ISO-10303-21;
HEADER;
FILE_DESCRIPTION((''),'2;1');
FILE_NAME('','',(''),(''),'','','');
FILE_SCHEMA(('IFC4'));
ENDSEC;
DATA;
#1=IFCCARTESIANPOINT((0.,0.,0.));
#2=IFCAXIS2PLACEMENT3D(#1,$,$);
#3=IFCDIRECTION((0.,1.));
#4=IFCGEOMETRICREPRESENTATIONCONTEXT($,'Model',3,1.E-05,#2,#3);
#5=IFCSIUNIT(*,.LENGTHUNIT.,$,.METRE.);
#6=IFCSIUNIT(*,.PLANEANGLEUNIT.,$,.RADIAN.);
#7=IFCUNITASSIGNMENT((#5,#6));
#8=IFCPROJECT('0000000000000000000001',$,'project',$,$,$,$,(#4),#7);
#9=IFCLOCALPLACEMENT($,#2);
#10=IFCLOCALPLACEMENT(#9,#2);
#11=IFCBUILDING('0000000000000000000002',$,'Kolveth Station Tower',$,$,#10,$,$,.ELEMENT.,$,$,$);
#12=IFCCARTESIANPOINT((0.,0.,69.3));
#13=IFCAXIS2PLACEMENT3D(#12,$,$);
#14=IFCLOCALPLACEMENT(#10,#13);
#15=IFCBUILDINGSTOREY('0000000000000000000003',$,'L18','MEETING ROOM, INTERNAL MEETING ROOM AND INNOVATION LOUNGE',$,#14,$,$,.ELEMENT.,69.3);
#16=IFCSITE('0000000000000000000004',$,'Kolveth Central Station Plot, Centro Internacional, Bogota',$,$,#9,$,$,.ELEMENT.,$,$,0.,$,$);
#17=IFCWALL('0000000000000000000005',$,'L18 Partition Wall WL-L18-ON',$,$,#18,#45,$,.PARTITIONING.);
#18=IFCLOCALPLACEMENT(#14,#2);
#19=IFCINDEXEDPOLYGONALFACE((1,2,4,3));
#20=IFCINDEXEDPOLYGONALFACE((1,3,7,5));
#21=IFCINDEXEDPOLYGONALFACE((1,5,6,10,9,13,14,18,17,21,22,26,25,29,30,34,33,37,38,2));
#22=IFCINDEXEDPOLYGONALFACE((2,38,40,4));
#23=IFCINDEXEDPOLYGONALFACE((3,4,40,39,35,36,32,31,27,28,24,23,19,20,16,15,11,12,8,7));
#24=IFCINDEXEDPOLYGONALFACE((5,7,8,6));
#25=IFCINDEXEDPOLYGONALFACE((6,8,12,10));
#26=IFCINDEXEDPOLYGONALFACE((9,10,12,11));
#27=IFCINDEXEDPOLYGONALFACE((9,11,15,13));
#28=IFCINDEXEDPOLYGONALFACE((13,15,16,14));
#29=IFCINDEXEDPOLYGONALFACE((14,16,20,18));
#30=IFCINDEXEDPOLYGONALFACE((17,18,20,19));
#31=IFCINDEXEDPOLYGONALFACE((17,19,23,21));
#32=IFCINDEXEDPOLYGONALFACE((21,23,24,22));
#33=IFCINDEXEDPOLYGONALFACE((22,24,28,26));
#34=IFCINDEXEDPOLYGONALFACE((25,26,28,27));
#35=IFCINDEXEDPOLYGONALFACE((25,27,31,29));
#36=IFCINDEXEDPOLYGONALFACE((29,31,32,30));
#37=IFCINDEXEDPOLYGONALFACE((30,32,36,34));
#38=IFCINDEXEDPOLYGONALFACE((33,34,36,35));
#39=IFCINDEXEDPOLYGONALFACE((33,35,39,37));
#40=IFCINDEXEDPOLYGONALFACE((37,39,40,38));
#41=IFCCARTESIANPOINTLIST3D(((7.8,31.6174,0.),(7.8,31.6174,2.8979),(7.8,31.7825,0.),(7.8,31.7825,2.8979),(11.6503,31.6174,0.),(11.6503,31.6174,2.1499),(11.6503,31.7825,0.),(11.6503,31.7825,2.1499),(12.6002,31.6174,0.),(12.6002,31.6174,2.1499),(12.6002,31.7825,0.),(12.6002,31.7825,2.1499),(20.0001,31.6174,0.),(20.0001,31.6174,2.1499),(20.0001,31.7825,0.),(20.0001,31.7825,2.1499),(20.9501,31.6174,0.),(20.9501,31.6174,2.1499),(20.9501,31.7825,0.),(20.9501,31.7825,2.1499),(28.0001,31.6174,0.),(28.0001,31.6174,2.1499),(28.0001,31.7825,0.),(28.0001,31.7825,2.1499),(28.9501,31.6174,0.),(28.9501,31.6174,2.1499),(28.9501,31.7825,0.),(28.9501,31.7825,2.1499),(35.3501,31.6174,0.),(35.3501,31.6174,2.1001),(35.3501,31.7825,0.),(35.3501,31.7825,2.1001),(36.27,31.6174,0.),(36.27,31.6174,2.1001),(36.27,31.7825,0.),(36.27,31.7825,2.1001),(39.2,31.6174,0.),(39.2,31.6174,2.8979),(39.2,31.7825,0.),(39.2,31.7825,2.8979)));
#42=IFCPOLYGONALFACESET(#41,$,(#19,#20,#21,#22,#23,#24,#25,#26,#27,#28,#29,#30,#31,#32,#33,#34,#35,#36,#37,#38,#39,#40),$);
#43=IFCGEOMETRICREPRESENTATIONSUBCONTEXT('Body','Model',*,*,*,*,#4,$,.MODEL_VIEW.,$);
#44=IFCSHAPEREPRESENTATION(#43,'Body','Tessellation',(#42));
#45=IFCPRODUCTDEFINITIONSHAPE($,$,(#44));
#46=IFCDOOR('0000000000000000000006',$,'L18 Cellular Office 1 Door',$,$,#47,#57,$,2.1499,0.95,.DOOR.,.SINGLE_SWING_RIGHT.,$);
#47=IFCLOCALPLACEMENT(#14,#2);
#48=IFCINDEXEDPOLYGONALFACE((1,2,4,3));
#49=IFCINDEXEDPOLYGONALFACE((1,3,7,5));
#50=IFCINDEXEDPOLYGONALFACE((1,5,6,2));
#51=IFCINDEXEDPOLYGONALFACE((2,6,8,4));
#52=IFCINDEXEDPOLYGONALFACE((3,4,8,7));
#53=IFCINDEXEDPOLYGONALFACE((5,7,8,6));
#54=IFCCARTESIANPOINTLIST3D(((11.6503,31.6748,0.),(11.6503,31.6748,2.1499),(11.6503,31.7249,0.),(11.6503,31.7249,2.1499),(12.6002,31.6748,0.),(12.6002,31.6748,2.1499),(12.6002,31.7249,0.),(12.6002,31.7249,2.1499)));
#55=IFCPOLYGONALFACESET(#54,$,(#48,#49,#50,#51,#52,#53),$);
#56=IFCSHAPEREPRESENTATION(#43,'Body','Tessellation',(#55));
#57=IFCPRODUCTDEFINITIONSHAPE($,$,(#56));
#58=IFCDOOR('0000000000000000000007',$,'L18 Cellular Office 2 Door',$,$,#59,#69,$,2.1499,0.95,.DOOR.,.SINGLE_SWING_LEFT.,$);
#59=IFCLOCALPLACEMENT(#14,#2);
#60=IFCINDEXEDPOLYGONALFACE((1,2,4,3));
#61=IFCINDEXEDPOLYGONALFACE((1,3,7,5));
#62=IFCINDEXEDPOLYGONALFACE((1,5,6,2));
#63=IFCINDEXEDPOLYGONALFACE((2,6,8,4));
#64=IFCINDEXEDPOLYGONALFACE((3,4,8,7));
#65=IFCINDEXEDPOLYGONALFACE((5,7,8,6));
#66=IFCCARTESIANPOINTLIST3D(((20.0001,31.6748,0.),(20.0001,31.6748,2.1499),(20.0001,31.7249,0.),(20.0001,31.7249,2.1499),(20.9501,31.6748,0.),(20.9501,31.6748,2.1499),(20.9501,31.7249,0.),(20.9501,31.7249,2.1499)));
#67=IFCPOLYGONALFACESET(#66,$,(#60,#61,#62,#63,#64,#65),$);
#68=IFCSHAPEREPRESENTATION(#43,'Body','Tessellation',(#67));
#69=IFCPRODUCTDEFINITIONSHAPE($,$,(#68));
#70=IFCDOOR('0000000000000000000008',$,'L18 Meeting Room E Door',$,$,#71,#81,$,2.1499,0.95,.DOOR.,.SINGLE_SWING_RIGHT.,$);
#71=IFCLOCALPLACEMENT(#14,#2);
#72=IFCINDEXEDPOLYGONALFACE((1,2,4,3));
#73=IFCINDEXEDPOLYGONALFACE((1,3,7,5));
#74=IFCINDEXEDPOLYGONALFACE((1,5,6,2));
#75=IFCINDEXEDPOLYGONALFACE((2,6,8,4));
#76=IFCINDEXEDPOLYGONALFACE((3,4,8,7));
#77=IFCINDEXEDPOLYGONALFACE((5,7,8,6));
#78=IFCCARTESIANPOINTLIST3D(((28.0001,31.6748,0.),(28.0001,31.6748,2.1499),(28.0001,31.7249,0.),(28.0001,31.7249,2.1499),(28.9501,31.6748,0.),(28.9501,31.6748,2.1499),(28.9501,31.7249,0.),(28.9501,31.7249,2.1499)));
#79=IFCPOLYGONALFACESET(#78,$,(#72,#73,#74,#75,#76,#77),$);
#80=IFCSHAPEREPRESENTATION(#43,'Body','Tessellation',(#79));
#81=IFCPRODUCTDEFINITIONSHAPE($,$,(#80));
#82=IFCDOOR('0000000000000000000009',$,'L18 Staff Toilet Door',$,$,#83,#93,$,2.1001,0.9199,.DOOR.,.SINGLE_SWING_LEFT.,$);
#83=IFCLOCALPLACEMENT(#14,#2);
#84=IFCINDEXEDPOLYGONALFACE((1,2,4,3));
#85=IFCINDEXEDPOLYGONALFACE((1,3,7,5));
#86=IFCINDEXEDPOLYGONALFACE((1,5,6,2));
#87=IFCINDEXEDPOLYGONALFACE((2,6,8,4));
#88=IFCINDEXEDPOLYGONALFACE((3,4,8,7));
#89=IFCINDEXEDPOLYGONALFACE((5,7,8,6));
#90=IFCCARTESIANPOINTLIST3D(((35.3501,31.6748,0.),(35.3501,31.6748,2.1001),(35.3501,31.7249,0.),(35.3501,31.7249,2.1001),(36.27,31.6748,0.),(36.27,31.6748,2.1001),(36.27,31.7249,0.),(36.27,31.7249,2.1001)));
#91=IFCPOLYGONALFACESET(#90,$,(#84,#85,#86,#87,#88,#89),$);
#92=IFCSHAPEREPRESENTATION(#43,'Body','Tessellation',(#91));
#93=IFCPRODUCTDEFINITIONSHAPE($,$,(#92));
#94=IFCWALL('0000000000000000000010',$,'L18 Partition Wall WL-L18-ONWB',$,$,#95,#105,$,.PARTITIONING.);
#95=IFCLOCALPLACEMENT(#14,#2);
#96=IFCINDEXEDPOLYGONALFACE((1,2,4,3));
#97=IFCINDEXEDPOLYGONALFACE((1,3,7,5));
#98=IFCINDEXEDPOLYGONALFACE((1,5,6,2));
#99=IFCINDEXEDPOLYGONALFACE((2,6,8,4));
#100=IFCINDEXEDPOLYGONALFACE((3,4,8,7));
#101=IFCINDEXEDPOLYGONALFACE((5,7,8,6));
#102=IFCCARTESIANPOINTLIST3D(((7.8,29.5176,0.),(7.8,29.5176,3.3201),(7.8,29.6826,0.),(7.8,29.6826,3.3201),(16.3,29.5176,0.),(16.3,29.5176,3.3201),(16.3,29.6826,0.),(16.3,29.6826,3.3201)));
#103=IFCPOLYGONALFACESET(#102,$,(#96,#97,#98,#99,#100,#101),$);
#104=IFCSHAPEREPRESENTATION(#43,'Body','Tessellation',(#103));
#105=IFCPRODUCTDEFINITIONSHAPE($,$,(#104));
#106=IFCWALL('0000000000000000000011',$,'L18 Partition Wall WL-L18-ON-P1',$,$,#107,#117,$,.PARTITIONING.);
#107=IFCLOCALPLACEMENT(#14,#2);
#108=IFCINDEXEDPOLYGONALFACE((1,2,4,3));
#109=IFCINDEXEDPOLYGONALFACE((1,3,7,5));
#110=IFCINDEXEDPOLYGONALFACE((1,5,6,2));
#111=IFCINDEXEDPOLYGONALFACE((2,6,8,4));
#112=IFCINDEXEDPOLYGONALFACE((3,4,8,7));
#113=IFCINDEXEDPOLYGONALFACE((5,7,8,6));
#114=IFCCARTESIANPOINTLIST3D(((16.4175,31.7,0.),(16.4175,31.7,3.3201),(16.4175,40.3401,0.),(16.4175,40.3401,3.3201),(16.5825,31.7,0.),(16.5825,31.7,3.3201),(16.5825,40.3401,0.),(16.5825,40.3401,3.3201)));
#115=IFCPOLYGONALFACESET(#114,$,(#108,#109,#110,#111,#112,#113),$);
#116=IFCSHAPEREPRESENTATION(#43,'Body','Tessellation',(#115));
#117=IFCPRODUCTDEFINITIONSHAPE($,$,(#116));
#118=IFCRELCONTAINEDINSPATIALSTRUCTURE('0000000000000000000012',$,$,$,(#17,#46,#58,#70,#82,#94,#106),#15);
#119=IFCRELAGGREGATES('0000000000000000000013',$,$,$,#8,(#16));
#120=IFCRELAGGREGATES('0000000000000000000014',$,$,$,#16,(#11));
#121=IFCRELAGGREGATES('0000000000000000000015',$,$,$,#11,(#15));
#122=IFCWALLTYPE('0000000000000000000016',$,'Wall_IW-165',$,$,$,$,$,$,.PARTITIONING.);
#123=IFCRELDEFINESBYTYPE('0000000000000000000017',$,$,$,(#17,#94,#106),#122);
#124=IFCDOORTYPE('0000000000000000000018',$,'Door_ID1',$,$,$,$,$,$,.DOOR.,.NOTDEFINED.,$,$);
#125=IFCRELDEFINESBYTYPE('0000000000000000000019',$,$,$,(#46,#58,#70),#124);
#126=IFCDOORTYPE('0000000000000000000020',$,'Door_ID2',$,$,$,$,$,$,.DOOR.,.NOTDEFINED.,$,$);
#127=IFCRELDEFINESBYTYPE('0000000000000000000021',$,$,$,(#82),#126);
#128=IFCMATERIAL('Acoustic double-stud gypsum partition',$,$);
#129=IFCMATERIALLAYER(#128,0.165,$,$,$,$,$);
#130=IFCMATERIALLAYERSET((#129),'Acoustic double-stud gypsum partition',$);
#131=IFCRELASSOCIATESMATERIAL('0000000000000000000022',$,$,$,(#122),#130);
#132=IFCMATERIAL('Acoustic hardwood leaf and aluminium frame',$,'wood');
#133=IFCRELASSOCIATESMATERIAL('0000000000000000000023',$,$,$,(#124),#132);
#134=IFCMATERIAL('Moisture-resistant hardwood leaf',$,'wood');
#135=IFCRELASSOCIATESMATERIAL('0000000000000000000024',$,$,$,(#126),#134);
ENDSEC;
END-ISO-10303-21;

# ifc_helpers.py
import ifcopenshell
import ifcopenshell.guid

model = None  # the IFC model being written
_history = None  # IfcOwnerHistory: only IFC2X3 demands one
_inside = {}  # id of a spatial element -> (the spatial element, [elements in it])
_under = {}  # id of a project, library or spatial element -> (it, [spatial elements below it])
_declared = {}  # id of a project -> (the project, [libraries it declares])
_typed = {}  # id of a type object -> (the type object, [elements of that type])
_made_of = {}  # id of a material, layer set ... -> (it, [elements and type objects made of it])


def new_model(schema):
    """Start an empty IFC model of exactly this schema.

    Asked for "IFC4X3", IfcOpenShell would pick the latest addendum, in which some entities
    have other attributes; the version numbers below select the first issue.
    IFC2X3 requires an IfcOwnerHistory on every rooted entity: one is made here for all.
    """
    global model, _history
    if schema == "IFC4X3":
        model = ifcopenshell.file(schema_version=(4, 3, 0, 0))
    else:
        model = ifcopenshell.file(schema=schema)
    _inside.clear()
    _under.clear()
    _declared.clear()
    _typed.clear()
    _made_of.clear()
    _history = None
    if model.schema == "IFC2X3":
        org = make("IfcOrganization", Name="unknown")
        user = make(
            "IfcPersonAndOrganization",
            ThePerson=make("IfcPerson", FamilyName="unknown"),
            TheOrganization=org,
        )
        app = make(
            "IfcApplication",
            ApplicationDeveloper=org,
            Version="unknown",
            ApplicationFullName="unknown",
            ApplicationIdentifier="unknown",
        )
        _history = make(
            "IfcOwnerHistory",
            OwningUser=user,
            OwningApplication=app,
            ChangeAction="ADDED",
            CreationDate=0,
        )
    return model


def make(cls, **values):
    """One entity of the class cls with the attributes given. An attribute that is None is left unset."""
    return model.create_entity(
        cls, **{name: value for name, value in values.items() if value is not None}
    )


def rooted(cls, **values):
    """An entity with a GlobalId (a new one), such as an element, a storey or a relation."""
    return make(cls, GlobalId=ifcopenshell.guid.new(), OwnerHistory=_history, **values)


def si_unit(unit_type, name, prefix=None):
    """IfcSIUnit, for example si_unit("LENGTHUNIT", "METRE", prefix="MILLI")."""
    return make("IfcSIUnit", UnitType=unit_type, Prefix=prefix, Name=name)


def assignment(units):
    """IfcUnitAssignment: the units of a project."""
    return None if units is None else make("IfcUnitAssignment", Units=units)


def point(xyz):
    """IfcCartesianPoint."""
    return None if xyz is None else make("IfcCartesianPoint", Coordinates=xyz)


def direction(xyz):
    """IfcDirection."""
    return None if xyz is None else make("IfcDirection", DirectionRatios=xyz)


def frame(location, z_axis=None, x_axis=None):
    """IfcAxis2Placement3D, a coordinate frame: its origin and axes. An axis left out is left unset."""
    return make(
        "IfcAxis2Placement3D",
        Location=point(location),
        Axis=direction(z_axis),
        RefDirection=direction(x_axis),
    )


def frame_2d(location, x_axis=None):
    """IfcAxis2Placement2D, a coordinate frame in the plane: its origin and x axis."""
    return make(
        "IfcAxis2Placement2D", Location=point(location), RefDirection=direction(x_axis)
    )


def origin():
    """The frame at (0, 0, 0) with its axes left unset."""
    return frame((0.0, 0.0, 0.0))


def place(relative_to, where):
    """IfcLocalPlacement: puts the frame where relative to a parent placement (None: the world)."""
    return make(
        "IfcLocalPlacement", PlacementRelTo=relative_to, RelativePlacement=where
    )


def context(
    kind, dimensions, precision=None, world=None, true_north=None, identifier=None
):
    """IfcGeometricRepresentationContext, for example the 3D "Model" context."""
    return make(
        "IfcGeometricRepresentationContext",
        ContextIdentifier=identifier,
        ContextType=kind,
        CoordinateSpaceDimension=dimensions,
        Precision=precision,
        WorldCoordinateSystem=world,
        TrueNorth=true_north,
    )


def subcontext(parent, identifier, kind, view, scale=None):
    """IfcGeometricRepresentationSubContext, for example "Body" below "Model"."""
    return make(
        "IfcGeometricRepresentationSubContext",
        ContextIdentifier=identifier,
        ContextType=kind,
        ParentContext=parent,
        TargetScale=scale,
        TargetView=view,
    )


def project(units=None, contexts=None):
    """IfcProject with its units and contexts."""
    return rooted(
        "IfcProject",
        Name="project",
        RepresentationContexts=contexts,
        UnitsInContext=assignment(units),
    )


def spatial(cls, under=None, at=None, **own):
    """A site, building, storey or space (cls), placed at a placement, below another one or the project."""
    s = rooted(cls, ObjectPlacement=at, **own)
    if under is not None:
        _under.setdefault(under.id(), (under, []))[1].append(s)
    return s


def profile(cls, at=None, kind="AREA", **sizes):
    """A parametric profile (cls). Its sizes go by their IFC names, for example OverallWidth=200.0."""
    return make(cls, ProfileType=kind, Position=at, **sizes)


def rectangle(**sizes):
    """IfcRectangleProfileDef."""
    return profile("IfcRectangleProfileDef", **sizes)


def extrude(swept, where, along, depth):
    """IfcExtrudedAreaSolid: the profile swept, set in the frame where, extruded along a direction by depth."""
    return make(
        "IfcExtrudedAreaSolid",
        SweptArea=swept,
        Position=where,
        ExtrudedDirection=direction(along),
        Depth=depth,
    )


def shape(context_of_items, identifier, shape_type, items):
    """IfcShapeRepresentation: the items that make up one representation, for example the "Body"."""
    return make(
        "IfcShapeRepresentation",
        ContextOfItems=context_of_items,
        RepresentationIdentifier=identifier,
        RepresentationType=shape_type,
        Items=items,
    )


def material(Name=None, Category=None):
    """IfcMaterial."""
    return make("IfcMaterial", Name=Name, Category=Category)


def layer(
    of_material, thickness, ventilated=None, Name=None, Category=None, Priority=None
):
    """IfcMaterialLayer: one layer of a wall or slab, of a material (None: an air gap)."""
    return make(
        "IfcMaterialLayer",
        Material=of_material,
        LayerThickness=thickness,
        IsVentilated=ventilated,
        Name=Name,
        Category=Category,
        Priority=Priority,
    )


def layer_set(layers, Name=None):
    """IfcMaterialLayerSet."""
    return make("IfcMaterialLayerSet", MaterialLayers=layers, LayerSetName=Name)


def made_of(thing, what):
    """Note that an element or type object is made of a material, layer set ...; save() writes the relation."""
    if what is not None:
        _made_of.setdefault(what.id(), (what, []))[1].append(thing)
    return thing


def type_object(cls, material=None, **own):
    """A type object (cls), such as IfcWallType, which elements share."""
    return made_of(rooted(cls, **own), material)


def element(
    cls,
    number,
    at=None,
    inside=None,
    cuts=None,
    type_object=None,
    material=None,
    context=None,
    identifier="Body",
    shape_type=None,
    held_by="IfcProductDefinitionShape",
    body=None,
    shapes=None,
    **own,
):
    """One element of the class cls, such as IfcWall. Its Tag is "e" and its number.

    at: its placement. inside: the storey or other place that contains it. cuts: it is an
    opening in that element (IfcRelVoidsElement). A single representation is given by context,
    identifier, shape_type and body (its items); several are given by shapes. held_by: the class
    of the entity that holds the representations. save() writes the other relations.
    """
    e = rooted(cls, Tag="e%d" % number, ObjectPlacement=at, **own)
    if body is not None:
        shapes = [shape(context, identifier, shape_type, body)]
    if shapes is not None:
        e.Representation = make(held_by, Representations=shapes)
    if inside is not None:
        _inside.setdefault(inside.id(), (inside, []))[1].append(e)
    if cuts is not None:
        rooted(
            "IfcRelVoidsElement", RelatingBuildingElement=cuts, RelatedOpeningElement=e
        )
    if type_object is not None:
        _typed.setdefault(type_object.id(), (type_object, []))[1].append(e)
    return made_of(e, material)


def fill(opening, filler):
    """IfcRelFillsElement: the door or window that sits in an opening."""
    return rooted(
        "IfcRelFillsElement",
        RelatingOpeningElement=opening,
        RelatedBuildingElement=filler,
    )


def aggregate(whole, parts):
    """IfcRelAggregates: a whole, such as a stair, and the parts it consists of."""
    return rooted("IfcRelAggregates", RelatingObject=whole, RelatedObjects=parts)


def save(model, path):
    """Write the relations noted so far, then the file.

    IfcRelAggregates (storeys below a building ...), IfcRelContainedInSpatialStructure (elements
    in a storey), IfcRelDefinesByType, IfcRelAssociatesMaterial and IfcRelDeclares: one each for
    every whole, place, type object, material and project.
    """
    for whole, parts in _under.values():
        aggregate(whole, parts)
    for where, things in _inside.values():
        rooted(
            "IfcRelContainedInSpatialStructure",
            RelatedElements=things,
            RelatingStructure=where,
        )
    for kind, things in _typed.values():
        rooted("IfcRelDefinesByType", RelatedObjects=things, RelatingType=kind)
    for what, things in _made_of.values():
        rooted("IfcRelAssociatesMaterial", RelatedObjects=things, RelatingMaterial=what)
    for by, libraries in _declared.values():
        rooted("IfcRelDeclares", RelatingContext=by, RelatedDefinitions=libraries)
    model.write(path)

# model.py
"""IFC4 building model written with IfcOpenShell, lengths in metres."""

from ifc_helpers import new_model, si_unit, direction, frame, frame_2d, origin, place, context, subcontext, project, spatial, rectangle, extrude, material, layer, layer_set, type_object, element, fill, save


model = new_model("IFC4")

# Units and contexts
model_context = context("Model", 3, precision=1e-05, world=origin(), true_north=direction((0.0, 1.0)))
body_context = subcontext(model_context, "Body", "Model", "MODEL_VIEW")
ifc_project = project(units=[si_unit("LENGTHUNIT", "METRE"), si_unit("PLANEANGLEUNIT", "RADIAN")], contexts=[model_context])

# Site, building, storey
site_placement = place(None, origin())
site = spatial("IfcSite", under=ifc_project, at=site_placement, Name="Kolveth Central Station Plot, Centro Internacional, Bogota", CompositionType="ELEMENT", RefElevation=0.0)
building_placement = place(site_placement, origin())
building = spatial("IfcBuilding", under=site, at=building_placement, Name="Kolveth Station Tower", CompositionType="ELEMENT")
storey_placement = place(building_placement, frame((0.0, 0.0, 69.3)))
storey = spatial("IfcBuildingStorey", under=building, at=storey_placement, Name="L18", Description="MEETING ROOM, INTERNAL MEETING ROOM AND INNOVATION LOUNGE", CompositionType="ELEMENT", Elevation=69.3)

# Wall, openings, doors
ifc_material_1 = material(Name="Acoustic double-stud gypsum partition")
ifc_layer_1 = layer(ifc_material_1, 0.165)
ifc_layer_set_1 = layer_set([ifc_layer_1], Name="Acoustic double-stud gypsum partition")
wall_type = type_object("IfcWallType", Name="Wall_IW-165", PredefinedType="PARTITIONING", material=ifc_layer_set_1)
wall_1_placement = place(storey_placement, frame((7.8, 31.7, 0.0), z_axis=(0.0, 0.0, 1.0), x_axis=(1.0, 0.0, 0.0)))
wall_1 = element("IfcWall", 1, at=wall_1_placement, inside=storey, type_object=wall_type, Name="L18 Partition Wall WL-L18-ON", PredefinedType="PARTITIONING", context=body_context, shape_type="SweptSolid", body=[
    extrude(rectangle(XDim=31.3999, YDim=0.165, at=frame_2d((15.7, 0.0))), origin(), (0.0, 0.0, 1.0), 2.8979),
])
opening_1_placement = place(wall_1_placement, frame((3.8501, 0.0, 0.0)))
opening_1 = element("IfcOpeningElement", 2, at=opening_1_placement, cuts=wall_1, PredefinedType="OPENING", context=body_context, shape_type="SweptSolid", body=[
    extrude(rectangle(XDim=0.95, YDim=2.1499, at=frame_2d((0.4751, 1.075))), frame((0.0, 0.0925, 0.0), z_axis=(0.0, -1.0, 0.0), x_axis=(1.0, 0.0, 0.0)), (0.0, 0.0, 1.0), 0.1851),
])
opening_2_placement = place(wall_1_placement, frame((12.2, 0.0, 0.0)))
opening_2 = element("IfcOpeningElement", 3, at=opening_2_placement, cuts=wall_1, PredefinedType="OPENING", context=body_context, shape_type="SweptSolid", body=[
    extrude(rectangle(XDim=0.95, YDim=2.1499, at=frame_2d((0.4751, 1.075))), frame((0.0, 0.0925, 0.0), z_axis=(0.0, -1.0, 0.0), x_axis=(1.0, 0.0, 0.0)), (0.0, 0.0, 1.0), 0.1851),
])
opening_3_placement = place(wall_1_placement, frame((20.2, 0.0, 0.0)))
opening_3 = element("IfcOpeningElement", 4, at=opening_3_placement, cuts=wall_1, PredefinedType="OPENING", context=body_context, shape_type="SweptSolid", body=[
    extrude(rectangle(XDim=0.95, YDim=2.1499, at=frame_2d((0.4751, 1.075))), frame((0.0, 0.0925, 0.0), z_axis=(0.0, -1.0, 0.0), x_axis=(1.0, 0.0, 0.0)), (0.0, 0.0, 1.0), 0.1851),
])
opening_4_placement = place(wall_1_placement, frame((27.55, 0.0, 0.0)))
opening_4 = element("IfcOpeningElement", 5, at=opening_4_placement, cuts=wall_1, PredefinedType="OPENING", context=body_context, shape_type="SweptSolid", body=[
    extrude(rectangle(XDim=0.9199, YDim=2.1001, at=frame_2d((0.46, 1.05))), frame((0.0, 0.0925, 0.0), z_axis=(0.0, -1.0, 0.0), x_axis=(1.0, 0.0, 0.0)), (0.0, 0.0, 1.0), 0.1851),
])
ifc_material_2 = material(Name="Acoustic hardwood leaf and aluminium frame", Category="wood")
door_type_1 = type_object("IfcDoorType", Name="Door_ID1", OperationType="NOTDEFINED", PredefinedType="DOOR", material=ifc_material_2)
door_1_placement = place(opening_1_placement, origin())
door_1 = element("IfcDoor", 6, at=door_1_placement, inside=storey, type_object=door_type_1, Name="L18 Cellular Office 1 Door", OperationType="SINGLE_SWING_RIGHT", OverallHeight=2.1499, OverallWidth=0.95, PredefinedType="DOOR", context=body_context, shape_type="SweptSolid", body=[
    extrude(rectangle(XDim=0.95, YDim=2.1499, at=frame_2d((0.4751, 1.075))), frame((0.0, 0.0249, 0.0), z_axis=(0.0, -1.0, 0.0), x_axis=(1.0, 0.0, 0.0)), (0.0, 0.0, 1.0), 0.05),
])
fill(opening_1, door_1)
door_2_placement = place(opening_2_placement, origin())
door_2 = element("IfcDoor", 7, at=door_2_placement, inside=storey, type_object=door_type_1, Name="L18 Cellular Office 2 Door", OperationType="SINGLE_SWING_LEFT", OverallHeight=2.1499, OverallWidth=0.95, PredefinedType="DOOR", context=body_context, shape_type="SweptSolid", body=[
    extrude(rectangle(XDim=0.95, YDim=2.1499, at=frame_2d((0.4751, 1.075))), frame((0.0, 0.0249, 0.0), z_axis=(0.0, -1.0, 0.0), x_axis=(1.0, 0.0, 0.0)), (0.0, 0.0, 1.0), 0.05),
])
fill(opening_2, door_2)
door_3_placement = place(opening_3_placement, origin())
door_3 = element("IfcDoor", 8, at=door_3_placement, inside=storey, type_object=door_type_1, Name="L18 Meeting Room E Door", OperationType="SINGLE_SWING_RIGHT", OverallHeight=2.1499, OverallWidth=0.95, PredefinedType="DOOR", context=body_context, shape_type="SweptSolid", body=[
    extrude(rectangle(XDim=0.95, YDim=2.1499, at=frame_2d((0.4751, 1.075))), frame((0.0, 0.0249, 0.0), z_axis=(0.0, -1.0, 0.0), x_axis=(1.0, 0.0, 0.0)), (0.0, 0.0, 1.0), 0.05),
])
fill(opening_3, door_3)
ifc_material_3 = material(Name="Moisture-resistant hardwood leaf", Category="wood")
door_type_2 = type_object("IfcDoorType", Name="Door_ID2", OperationType="NOTDEFINED", PredefinedType="DOOR", material=ifc_material_3)
door_4_placement = place(opening_4_placement, origin())
door_4 = element("IfcDoor", 9, at=door_4_placement, inside=storey, type_object=door_type_2, Name="L18 Staff Toilet Door", OperationType="SINGLE_SWING_LEFT", OverallHeight=2.1001, OverallWidth=0.9199, PredefinedType="DOOR", context=body_context, shape_type="SweptSolid", body=[
    extrude(rectangle(XDim=0.9199, YDim=2.1001, at=frame_2d((0.46, 1.05))), frame((0.0, 0.0249, 0.0), z_axis=(0.0, -1.0, 0.0), x_axis=(1.0, 0.0, 0.0)), (0.0, 0.0, 1.0), 0.05),
])
fill(opening_4, door_4)

# Walls
wall_2_placement = place(storey_placement, frame((7.8, 29.6001, 0.0), z_axis=(0.0, 0.0, 1.0), x_axis=(1.0, 0.0, 0.0)))
element("IfcWall", 10, at=wall_2_placement, inside=storey, type_object=wall_type, Name="L18 Partition Wall WL-L18-ONWB", PredefinedType="PARTITIONING", context=body_context, shape_type="SweptSolid", body=[
    extrude(rectangle(XDim=8.5, YDim=0.165, at=frame_2d((4.25, 0.0))), origin(), (0.0, 0.0, 1.0), 3.3201),
])
wall_3_placement = place(storey_placement, frame((16.5, 31.7, 0.0), z_axis=(0.0, 0.0, 1.0), x_axis=(0.0, 1.0, 0.0)))
element("IfcWall", 11, at=wall_3_placement, inside=storey, type_object=wall_type, Name="L18 Partition Wall WL-L18-ON-P1", PredefinedType="PARTITIONING", context=body_context, shape_type="SweptSolid", body=[
    extrude(rectangle(XDim=8.6401, YDim=0.165, at=frame_2d((4.3201, 0.0))), origin(), (0.0, 0.0, 1.0), 3.3201),
])

save(model, "model.ifc")
